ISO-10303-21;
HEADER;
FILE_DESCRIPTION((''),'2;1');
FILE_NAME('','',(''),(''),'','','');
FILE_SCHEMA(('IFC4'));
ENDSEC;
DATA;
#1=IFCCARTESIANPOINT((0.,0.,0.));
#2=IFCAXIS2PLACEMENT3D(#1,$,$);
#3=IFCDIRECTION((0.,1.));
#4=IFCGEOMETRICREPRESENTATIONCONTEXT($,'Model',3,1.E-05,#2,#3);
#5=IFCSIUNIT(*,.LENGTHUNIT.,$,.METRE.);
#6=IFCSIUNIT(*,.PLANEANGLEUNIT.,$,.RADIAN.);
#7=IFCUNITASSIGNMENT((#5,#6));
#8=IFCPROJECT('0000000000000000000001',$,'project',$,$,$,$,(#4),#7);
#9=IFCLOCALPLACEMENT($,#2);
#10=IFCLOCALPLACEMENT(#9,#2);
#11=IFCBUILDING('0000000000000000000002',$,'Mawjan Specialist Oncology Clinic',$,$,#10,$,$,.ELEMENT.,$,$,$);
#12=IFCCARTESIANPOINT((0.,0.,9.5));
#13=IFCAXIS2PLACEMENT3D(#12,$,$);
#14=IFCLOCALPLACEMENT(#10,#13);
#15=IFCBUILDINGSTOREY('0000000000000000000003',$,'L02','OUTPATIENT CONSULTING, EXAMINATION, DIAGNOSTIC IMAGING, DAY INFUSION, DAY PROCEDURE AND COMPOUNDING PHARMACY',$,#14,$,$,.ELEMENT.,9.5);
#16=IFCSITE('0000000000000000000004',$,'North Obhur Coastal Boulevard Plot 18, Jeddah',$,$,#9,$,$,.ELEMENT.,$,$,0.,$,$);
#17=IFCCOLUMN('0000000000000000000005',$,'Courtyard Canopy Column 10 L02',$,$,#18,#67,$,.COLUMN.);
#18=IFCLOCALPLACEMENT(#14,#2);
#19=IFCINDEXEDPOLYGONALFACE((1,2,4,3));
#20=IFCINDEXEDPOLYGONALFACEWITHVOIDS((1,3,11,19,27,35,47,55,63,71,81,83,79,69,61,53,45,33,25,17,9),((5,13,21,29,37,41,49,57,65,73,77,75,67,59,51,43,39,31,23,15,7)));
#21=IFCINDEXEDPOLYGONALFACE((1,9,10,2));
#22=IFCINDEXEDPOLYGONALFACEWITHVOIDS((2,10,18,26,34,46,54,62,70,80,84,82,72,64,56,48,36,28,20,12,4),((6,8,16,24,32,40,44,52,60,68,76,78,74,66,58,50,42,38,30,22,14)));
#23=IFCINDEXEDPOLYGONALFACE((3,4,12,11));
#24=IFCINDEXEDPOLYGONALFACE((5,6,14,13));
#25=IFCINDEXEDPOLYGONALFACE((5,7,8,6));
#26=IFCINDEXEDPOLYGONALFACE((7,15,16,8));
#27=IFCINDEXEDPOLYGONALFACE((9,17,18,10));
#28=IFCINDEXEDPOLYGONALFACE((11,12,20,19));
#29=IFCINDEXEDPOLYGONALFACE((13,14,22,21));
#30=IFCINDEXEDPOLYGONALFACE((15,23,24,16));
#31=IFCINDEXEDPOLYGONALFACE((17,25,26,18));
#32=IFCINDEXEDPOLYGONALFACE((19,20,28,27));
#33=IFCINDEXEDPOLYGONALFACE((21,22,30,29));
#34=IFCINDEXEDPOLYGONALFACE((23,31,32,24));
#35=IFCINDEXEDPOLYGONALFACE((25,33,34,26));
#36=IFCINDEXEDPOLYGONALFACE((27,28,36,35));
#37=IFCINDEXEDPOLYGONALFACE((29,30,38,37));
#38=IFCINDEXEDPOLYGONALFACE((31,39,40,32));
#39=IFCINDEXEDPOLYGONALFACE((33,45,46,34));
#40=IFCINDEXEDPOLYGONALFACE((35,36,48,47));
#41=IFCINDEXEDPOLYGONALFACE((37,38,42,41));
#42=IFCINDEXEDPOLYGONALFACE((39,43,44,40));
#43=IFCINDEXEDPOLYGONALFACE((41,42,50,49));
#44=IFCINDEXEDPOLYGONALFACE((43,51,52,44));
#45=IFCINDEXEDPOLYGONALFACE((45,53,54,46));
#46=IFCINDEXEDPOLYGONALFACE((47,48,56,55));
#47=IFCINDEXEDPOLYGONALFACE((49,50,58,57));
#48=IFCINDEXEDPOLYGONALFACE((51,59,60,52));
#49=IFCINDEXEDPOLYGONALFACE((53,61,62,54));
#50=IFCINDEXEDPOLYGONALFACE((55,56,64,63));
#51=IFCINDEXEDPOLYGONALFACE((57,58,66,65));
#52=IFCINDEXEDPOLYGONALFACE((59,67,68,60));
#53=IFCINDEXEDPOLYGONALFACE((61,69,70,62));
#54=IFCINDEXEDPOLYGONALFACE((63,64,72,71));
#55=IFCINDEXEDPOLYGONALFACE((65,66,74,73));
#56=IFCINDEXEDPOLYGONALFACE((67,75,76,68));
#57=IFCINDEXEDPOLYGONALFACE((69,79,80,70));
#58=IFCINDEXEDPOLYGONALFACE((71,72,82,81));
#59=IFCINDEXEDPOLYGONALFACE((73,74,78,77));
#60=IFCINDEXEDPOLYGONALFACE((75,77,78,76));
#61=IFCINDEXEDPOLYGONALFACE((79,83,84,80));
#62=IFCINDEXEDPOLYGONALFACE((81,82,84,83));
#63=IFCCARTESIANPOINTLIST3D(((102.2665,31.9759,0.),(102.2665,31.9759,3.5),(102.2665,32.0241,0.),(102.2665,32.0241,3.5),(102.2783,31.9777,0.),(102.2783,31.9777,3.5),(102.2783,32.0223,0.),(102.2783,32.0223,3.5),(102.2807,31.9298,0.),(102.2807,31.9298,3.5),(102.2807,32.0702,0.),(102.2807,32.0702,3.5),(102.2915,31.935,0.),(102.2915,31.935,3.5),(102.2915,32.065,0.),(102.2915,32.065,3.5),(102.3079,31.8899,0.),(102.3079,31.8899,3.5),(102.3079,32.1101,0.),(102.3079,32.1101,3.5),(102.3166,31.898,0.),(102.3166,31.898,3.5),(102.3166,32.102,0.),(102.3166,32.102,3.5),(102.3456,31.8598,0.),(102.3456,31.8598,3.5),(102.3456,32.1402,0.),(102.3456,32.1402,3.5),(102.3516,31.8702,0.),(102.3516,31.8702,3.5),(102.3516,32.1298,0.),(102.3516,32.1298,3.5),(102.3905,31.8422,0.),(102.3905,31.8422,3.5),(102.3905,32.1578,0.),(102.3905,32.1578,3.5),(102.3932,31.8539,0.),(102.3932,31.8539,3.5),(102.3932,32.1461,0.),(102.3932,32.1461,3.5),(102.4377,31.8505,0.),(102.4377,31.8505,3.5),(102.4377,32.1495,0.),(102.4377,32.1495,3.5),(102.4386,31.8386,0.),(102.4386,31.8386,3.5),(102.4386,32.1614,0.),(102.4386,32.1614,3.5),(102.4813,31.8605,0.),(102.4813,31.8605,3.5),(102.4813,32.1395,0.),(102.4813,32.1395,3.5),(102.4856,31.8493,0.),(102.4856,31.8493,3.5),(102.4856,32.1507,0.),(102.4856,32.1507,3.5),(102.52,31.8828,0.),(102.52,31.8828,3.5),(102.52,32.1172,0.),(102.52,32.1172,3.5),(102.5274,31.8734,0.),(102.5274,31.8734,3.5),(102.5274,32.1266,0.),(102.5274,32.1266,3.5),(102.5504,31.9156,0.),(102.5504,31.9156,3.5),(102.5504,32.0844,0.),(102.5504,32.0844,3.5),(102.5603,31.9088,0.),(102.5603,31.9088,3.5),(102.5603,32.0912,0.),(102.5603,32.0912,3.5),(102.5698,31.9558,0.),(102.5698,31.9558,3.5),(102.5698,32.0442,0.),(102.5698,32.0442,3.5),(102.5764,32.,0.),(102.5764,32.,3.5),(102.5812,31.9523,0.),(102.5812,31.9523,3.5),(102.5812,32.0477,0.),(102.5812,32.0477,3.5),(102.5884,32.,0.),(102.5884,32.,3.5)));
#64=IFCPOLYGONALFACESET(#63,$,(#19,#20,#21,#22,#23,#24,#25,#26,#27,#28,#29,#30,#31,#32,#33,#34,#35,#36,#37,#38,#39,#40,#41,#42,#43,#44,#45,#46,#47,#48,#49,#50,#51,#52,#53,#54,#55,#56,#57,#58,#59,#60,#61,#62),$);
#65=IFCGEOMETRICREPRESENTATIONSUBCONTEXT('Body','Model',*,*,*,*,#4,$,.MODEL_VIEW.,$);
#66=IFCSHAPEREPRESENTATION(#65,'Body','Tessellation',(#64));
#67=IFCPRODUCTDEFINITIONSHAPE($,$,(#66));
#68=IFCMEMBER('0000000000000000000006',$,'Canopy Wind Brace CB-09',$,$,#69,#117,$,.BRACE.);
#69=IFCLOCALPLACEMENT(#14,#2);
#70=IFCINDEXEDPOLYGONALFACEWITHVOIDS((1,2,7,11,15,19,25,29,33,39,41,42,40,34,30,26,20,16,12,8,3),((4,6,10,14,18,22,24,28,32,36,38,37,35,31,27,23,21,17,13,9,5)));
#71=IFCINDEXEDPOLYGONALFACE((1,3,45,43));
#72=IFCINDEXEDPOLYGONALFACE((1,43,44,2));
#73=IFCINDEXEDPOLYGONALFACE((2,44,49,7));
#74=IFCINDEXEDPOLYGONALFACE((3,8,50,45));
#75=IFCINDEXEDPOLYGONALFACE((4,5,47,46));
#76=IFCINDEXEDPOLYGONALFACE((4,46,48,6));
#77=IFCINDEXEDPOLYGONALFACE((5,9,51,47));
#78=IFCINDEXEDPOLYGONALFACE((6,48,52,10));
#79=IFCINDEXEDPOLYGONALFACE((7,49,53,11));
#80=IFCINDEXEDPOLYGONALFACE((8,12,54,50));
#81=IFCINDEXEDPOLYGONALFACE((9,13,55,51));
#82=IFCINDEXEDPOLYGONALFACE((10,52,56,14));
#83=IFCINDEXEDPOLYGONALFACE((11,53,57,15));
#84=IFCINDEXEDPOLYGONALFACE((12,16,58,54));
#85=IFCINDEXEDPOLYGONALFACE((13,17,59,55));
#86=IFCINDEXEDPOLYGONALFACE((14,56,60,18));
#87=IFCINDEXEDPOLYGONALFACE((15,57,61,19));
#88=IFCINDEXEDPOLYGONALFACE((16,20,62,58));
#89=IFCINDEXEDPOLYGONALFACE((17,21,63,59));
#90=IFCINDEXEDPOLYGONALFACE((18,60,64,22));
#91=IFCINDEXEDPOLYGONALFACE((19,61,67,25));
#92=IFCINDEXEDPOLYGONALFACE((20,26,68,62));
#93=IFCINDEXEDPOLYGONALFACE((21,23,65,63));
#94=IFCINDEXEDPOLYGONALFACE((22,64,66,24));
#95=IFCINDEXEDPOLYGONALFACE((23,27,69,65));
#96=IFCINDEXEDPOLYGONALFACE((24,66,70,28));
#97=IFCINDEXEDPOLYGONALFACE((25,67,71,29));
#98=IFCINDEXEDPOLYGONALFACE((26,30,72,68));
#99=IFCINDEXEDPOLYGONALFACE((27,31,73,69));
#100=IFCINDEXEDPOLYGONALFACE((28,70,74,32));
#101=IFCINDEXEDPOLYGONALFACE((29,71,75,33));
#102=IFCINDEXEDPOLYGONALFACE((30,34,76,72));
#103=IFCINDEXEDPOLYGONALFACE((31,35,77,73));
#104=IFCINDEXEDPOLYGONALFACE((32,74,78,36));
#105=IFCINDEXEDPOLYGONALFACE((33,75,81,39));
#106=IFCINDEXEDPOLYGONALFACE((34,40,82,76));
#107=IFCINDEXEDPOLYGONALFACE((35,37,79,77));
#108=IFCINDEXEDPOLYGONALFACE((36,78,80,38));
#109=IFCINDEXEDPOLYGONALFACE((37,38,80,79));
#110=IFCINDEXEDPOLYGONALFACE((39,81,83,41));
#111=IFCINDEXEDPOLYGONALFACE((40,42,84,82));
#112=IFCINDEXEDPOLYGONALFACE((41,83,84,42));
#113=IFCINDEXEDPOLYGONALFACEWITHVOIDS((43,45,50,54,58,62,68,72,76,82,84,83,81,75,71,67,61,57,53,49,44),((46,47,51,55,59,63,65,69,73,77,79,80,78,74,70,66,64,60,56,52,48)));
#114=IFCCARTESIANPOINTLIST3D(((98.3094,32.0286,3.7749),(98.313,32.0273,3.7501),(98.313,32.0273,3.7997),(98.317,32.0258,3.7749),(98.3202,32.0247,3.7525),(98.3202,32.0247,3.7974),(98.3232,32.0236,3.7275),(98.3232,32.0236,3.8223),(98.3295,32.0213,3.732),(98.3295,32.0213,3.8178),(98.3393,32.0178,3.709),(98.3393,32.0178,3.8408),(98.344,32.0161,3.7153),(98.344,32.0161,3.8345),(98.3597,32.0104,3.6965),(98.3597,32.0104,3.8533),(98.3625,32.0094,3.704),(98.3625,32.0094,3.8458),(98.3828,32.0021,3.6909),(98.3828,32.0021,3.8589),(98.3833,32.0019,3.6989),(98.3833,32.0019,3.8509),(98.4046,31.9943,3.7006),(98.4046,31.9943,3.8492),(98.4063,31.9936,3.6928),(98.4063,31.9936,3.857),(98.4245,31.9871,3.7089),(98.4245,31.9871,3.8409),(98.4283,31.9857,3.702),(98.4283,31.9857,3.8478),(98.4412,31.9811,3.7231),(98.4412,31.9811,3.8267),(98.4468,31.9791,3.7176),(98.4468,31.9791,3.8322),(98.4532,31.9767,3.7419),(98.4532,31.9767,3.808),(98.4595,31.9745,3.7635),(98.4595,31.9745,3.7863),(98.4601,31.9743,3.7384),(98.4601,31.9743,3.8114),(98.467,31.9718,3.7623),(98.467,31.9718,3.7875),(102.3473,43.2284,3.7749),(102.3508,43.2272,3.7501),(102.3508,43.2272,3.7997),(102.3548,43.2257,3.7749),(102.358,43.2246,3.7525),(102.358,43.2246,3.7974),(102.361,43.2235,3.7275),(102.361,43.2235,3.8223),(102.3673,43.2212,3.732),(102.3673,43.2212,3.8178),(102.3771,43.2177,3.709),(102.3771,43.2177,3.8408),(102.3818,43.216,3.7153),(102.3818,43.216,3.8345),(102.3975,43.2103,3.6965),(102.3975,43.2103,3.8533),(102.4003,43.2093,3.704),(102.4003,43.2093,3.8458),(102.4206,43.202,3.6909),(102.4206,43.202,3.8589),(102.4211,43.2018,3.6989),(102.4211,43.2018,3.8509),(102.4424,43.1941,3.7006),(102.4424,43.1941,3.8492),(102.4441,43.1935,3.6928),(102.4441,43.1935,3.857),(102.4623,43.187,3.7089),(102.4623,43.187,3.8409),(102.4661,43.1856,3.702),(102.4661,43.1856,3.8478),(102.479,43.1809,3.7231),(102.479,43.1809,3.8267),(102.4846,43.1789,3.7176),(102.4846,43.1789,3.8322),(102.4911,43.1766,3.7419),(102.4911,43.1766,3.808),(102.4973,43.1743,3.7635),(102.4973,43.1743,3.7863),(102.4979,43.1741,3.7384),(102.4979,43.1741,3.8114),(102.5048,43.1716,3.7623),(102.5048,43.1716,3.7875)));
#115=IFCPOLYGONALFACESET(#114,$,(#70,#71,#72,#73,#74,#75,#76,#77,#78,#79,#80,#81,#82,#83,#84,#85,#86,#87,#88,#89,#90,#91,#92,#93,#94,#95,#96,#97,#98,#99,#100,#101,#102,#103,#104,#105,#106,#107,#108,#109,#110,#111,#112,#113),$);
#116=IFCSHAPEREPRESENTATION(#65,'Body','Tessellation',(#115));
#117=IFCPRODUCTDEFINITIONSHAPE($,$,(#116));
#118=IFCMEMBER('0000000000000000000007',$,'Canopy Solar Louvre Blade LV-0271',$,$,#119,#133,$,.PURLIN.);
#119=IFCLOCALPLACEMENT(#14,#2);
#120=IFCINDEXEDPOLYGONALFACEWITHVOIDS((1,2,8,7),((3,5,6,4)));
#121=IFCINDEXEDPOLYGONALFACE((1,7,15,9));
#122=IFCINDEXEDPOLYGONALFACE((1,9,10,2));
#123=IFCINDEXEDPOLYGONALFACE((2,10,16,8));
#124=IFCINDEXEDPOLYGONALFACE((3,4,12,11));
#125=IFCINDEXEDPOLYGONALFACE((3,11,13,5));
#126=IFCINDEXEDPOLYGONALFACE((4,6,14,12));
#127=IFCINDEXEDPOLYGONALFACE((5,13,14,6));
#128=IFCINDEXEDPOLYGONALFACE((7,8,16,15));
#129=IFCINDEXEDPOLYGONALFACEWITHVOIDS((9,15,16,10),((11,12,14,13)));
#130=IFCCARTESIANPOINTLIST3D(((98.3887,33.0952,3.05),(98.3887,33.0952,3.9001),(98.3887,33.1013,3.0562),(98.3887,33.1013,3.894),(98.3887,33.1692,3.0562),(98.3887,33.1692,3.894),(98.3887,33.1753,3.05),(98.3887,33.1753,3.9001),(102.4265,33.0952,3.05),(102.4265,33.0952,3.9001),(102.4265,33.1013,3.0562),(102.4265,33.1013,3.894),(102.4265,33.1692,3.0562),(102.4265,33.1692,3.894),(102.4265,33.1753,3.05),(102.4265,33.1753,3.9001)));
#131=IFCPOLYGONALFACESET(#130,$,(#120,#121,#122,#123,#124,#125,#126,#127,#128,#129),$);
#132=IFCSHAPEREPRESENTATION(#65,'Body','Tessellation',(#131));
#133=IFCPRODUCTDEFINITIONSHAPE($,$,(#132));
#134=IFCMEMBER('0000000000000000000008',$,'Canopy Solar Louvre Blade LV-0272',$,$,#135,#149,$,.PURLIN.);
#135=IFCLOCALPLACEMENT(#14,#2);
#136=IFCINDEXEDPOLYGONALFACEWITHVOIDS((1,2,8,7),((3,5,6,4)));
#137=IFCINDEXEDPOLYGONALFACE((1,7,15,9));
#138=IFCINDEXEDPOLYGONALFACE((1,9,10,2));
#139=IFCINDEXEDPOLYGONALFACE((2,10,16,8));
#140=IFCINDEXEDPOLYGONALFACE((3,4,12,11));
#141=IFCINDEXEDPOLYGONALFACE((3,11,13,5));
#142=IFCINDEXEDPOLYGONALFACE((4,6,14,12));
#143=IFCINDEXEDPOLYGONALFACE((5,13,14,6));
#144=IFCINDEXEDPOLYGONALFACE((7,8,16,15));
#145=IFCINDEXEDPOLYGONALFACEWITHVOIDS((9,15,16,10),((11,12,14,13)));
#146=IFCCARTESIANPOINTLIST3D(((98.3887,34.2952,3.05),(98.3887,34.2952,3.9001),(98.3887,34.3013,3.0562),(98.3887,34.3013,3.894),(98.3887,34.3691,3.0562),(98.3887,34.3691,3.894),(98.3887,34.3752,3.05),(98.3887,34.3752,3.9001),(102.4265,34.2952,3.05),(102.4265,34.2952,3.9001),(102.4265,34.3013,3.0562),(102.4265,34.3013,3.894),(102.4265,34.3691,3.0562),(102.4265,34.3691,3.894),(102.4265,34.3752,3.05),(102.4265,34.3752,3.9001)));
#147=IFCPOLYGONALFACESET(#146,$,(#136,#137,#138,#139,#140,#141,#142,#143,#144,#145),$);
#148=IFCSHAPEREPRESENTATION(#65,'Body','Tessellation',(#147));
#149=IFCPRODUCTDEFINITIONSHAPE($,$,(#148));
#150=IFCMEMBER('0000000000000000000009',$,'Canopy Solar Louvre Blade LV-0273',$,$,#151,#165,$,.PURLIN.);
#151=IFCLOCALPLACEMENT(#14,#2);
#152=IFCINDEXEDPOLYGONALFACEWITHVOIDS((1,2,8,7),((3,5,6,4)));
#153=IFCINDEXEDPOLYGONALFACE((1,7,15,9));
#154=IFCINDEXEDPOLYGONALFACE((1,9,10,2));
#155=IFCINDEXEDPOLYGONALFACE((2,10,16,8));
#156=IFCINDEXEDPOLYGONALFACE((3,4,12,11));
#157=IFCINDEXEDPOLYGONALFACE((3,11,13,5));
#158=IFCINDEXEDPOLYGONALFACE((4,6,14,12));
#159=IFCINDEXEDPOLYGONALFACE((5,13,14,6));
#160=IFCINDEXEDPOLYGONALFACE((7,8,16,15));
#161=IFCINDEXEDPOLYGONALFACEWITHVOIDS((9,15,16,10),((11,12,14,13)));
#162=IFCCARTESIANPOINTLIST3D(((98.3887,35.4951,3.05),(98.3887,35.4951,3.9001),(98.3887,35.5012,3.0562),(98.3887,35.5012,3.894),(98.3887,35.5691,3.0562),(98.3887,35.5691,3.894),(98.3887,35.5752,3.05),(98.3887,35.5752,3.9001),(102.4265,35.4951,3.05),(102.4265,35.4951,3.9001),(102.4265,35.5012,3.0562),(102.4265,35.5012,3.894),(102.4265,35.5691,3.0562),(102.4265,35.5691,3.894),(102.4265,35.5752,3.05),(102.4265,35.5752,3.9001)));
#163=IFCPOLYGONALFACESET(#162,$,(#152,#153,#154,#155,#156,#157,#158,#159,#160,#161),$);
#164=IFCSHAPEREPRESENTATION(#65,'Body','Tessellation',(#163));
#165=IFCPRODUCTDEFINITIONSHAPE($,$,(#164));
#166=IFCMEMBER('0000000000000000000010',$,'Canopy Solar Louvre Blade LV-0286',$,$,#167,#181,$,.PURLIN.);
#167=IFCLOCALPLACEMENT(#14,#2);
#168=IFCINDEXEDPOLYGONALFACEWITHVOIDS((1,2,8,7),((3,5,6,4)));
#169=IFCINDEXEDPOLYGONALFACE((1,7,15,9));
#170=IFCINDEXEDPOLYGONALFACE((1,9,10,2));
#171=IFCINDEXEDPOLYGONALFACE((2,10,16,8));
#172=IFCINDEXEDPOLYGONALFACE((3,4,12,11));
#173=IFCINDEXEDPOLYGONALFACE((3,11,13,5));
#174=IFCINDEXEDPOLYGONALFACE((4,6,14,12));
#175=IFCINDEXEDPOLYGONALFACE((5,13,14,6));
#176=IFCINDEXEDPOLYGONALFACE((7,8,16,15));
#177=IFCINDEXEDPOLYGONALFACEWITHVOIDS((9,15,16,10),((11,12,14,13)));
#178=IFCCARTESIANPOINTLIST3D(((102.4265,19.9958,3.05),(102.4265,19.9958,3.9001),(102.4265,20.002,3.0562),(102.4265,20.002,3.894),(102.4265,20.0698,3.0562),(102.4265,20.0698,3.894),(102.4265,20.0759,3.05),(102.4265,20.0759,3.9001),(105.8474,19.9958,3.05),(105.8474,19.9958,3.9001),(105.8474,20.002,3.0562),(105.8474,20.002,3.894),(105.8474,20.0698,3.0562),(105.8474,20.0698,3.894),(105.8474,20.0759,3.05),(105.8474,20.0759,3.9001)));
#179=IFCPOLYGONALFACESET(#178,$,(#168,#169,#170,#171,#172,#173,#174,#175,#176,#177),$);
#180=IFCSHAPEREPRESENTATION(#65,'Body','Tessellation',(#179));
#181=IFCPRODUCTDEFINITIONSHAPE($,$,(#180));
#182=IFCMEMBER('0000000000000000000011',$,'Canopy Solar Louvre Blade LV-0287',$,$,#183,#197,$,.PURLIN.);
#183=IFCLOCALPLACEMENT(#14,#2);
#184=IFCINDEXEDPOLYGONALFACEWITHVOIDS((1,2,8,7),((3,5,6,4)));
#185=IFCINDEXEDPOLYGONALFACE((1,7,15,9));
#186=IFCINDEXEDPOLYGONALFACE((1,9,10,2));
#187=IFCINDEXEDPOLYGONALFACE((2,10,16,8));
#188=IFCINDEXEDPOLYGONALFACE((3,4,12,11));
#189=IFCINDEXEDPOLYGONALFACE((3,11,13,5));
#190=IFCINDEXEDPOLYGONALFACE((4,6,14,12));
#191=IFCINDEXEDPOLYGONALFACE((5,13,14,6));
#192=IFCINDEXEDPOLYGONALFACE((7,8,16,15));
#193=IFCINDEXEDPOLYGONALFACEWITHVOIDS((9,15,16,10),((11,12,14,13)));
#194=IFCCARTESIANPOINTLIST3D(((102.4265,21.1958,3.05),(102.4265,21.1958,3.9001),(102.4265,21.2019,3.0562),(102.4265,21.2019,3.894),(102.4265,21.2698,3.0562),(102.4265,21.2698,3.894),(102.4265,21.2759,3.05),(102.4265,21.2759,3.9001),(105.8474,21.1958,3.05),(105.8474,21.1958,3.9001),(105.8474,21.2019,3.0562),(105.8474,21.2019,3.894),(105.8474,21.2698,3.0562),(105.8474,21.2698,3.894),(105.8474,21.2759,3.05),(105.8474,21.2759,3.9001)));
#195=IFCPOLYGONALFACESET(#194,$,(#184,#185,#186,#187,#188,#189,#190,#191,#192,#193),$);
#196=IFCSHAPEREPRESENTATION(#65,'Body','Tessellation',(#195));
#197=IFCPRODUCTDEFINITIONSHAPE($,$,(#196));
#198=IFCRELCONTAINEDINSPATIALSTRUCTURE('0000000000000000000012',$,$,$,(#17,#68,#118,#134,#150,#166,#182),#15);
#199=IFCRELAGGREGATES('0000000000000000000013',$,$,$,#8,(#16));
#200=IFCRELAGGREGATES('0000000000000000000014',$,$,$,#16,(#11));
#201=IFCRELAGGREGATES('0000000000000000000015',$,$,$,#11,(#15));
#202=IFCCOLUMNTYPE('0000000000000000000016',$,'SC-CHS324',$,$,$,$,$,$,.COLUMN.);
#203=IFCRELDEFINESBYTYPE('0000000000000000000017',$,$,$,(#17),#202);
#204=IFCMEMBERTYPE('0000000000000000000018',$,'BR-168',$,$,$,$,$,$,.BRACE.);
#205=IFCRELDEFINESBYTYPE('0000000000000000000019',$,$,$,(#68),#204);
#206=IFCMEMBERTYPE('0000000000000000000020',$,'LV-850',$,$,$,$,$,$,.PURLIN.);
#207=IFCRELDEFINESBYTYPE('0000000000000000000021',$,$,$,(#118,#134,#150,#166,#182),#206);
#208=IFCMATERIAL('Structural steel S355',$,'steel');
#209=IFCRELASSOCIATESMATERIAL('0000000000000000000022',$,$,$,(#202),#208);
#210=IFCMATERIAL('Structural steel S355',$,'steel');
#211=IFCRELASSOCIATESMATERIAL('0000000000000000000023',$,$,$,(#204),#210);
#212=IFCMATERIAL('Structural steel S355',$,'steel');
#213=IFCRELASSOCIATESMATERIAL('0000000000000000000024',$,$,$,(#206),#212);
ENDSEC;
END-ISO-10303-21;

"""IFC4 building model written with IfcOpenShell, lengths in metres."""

from ifc_helpers import new_model, si_unit, direction, frame, origin, origin_2d, place, context, subcontext, project, spatial, hollow_rectangle, hollow_circle, extrude, material, material_profile, profile_set, type_object, element, save


model = new_model("IFC4")

# Units and contexts
model_context = context("Model", 3, precision=1e-05, world=origin(), true_north=direction((0.0, 1.0)))
body_context = subcontext(model_context, "Body", "Model", "MODEL_VIEW")
ifc_project = project(units=[si_unit("LENGTHUNIT", "METRE"), si_unit("PLANEANGLEUNIT", "RADIAN")], contexts=[model_context])

# Site, building, storey
site_placement = place(None, origin())
site = spatial("IfcSite", under=ifc_project, at=site_placement, Name="North Obhur Coastal Boulevard Plot 18, Jeddah", CompositionType="ELEMENT", RefElevation=0.0)
building_placement = place(site_placement, origin())
building = spatial("IfcBuilding", under=site, at=building_placement, Name="Mawjan Specialist Oncology Clinic", CompositionType="ELEMENT")
storey_placement = place(building_placement, frame((0.0, 0.0, 9.5)))
storey = spatial("IfcBuildingStorey", under=building, at=storey_placement, Name="L02", Description="OUTPATIENT CONSULTING, EXAMINATION, DIAGNOSTIC IMAGING, DAY INFUSION, DAY PROCEDURE AND COMPOUNDING PHARMACY", CompositionType="ELEMENT", Elevation=9.5)

# Column
ifc_material_1 = material(Name="Structural steel S355", Category="steel")
ifc_material_profile_1 = material_profile(ifc_material_1, hollow_circle(Radius=0.1619, WallThickness=0.012, at=origin_2d()), Name="CHS 323.9x12", Category="steel")
ifc_profile_set_1 = profile_set([ifc_material_profile_1], Name="Structural steel S355")
column_type = type_object("IfcColumnType", Name="SC-CHS324", PredefinedType="COLUMN", material=ifc_profile_set_1)
column_placement = place(storey_placement, frame((102.4265, 32.0, 0.0), z_axis=(0.0, 0.0, 1.0), x_axis=(1.0, 0.0, 0.0)))
element("IfcColumn", 1, at=column_placement, inside=storey, type_object=column_type, Name="Courtyard Canopy Column 10 L02", PredefinedType="COLUMN", context=body_context, shape_type="SweptSolid", body=[
    extrude(hollow_circle(Radius=0.1619, WallThickness=0.012, at=origin_2d()), origin(), (0.0, 0.0, 1.0), 3.5),
])

# Members
ifc_material_2 = material(Name="Structural steel S355", Category="steel")
ifc_material_profile_2 = material_profile(ifc_material_2, hollow_circle(Radius=0.0842, WallThickness=0.0081, at=origin_2d()), Name="CHS 168.3x8", Category="steel")
ifc_profile_set_2 = profile_set([ifc_material_profile_2], Name="Structural steel S355")
member_type_1 = type_object("IfcMemberType", Name="BR-168", PredefinedType="BRACE", material=ifc_profile_set_2)
member_placement = place(storey_placement, frame((98.3887, 32.0, 3.7749), z_axis=(0.339155, 0.94073, 0.0), x_axis=(-0.94073, 0.339155, 0.0)))
element("IfcMember", 2, at=member_placement, inside=storey, type_object=member_type_1, Name="Canopy Wind Brace CB-09", PredefinedType="BRACE", context=body_context, shape_type="SweptSolid", body=[
    extrude(hollow_circle(Radius=0.0842, WallThickness=0.0081, at=origin_2d()), origin(), (0.0, 0.0, 1.0), 11.9055),
])
ifc_material_3 = material(Name="Structural steel S355", Category="steel")
ifc_material_profile_3 = material_profile(ifc_material_3, hollow_rectangle(XDim=0.0801, YDim=0.8501, WallThickness=0.0061, at=origin_2d()), Name="LOUVRE 850x80x6", Category="steel")
ifc_profile_set_3 = profile_set([ifc_material_profile_3], Name="Structural steel S355")
member_type_2 = type_object("IfcMemberType", Name="LV-850", PredefinedType="PURLIN", material=ifc_profile_set_3)
for number, where, z_axis, x_axis, name in (
    (3, (98.3887, 33.1353, 3.4751), (1.0, 0.0, 0.0), (0.0, 1.0, 0.0), "Canopy Solar Louvre Blade LV-0271"),
    (4, (98.3887, 34.3352, 3.4751), (1.0, 0.0, 0.0), (0.0, 1.0, 0.0), "Canopy Solar Louvre Blade LV-0272"),
    (5, (98.3887, 35.5352, 3.4751), (1.0, 0.0, 0.0), (0.0, 1.0, 0.0), "Canopy Solar Louvre Blade LV-0273"),
):
    element("IfcMember", number, at=place(storey_placement, frame(where, z_axis=z_axis, x_axis=x_axis)), inside=storey, type_object=member_type_2, Name=name, PredefinedType="PURLIN", context=body_context, shape_type="SweptSolid", body=[
        extrude(hollow_rectangle(XDim=0.0801, YDim=0.8501, WallThickness=0.0061, at=origin_2d()), origin(), (0.0, 0.0, 1.0), 4.0378),
    ])
for number, where, z_axis, x_axis, name in (
    (6, (102.4265, 20.0359, 3.4751), (1.0, 0.0, 0.0), (0.0, 1.0, 0.0), "Canopy Solar Louvre Blade LV-0286"),
    (7, (102.4265, 21.2358, 3.4751), (1.0, 0.0, 0.0), (0.0, 1.0, 0.0), "Canopy Solar Louvre Blade LV-0287"),
):
    element("IfcMember", number, at=place(storey_placement, frame(where, z_axis=z_axis, x_axis=x_axis)), inside=storey, type_object=member_type_2, Name=name, PredefinedType="PURLIN", context=body_context, shape_type="SweptSolid", body=[
        extrude(hollow_rectangle(XDim=0.0801, YDim=0.8501, WallThickness=0.0061, at=origin_2d()), origin(), (0.0, 0.0, 1.0), 3.4209),
    ])

save(model, "model.ifc")
